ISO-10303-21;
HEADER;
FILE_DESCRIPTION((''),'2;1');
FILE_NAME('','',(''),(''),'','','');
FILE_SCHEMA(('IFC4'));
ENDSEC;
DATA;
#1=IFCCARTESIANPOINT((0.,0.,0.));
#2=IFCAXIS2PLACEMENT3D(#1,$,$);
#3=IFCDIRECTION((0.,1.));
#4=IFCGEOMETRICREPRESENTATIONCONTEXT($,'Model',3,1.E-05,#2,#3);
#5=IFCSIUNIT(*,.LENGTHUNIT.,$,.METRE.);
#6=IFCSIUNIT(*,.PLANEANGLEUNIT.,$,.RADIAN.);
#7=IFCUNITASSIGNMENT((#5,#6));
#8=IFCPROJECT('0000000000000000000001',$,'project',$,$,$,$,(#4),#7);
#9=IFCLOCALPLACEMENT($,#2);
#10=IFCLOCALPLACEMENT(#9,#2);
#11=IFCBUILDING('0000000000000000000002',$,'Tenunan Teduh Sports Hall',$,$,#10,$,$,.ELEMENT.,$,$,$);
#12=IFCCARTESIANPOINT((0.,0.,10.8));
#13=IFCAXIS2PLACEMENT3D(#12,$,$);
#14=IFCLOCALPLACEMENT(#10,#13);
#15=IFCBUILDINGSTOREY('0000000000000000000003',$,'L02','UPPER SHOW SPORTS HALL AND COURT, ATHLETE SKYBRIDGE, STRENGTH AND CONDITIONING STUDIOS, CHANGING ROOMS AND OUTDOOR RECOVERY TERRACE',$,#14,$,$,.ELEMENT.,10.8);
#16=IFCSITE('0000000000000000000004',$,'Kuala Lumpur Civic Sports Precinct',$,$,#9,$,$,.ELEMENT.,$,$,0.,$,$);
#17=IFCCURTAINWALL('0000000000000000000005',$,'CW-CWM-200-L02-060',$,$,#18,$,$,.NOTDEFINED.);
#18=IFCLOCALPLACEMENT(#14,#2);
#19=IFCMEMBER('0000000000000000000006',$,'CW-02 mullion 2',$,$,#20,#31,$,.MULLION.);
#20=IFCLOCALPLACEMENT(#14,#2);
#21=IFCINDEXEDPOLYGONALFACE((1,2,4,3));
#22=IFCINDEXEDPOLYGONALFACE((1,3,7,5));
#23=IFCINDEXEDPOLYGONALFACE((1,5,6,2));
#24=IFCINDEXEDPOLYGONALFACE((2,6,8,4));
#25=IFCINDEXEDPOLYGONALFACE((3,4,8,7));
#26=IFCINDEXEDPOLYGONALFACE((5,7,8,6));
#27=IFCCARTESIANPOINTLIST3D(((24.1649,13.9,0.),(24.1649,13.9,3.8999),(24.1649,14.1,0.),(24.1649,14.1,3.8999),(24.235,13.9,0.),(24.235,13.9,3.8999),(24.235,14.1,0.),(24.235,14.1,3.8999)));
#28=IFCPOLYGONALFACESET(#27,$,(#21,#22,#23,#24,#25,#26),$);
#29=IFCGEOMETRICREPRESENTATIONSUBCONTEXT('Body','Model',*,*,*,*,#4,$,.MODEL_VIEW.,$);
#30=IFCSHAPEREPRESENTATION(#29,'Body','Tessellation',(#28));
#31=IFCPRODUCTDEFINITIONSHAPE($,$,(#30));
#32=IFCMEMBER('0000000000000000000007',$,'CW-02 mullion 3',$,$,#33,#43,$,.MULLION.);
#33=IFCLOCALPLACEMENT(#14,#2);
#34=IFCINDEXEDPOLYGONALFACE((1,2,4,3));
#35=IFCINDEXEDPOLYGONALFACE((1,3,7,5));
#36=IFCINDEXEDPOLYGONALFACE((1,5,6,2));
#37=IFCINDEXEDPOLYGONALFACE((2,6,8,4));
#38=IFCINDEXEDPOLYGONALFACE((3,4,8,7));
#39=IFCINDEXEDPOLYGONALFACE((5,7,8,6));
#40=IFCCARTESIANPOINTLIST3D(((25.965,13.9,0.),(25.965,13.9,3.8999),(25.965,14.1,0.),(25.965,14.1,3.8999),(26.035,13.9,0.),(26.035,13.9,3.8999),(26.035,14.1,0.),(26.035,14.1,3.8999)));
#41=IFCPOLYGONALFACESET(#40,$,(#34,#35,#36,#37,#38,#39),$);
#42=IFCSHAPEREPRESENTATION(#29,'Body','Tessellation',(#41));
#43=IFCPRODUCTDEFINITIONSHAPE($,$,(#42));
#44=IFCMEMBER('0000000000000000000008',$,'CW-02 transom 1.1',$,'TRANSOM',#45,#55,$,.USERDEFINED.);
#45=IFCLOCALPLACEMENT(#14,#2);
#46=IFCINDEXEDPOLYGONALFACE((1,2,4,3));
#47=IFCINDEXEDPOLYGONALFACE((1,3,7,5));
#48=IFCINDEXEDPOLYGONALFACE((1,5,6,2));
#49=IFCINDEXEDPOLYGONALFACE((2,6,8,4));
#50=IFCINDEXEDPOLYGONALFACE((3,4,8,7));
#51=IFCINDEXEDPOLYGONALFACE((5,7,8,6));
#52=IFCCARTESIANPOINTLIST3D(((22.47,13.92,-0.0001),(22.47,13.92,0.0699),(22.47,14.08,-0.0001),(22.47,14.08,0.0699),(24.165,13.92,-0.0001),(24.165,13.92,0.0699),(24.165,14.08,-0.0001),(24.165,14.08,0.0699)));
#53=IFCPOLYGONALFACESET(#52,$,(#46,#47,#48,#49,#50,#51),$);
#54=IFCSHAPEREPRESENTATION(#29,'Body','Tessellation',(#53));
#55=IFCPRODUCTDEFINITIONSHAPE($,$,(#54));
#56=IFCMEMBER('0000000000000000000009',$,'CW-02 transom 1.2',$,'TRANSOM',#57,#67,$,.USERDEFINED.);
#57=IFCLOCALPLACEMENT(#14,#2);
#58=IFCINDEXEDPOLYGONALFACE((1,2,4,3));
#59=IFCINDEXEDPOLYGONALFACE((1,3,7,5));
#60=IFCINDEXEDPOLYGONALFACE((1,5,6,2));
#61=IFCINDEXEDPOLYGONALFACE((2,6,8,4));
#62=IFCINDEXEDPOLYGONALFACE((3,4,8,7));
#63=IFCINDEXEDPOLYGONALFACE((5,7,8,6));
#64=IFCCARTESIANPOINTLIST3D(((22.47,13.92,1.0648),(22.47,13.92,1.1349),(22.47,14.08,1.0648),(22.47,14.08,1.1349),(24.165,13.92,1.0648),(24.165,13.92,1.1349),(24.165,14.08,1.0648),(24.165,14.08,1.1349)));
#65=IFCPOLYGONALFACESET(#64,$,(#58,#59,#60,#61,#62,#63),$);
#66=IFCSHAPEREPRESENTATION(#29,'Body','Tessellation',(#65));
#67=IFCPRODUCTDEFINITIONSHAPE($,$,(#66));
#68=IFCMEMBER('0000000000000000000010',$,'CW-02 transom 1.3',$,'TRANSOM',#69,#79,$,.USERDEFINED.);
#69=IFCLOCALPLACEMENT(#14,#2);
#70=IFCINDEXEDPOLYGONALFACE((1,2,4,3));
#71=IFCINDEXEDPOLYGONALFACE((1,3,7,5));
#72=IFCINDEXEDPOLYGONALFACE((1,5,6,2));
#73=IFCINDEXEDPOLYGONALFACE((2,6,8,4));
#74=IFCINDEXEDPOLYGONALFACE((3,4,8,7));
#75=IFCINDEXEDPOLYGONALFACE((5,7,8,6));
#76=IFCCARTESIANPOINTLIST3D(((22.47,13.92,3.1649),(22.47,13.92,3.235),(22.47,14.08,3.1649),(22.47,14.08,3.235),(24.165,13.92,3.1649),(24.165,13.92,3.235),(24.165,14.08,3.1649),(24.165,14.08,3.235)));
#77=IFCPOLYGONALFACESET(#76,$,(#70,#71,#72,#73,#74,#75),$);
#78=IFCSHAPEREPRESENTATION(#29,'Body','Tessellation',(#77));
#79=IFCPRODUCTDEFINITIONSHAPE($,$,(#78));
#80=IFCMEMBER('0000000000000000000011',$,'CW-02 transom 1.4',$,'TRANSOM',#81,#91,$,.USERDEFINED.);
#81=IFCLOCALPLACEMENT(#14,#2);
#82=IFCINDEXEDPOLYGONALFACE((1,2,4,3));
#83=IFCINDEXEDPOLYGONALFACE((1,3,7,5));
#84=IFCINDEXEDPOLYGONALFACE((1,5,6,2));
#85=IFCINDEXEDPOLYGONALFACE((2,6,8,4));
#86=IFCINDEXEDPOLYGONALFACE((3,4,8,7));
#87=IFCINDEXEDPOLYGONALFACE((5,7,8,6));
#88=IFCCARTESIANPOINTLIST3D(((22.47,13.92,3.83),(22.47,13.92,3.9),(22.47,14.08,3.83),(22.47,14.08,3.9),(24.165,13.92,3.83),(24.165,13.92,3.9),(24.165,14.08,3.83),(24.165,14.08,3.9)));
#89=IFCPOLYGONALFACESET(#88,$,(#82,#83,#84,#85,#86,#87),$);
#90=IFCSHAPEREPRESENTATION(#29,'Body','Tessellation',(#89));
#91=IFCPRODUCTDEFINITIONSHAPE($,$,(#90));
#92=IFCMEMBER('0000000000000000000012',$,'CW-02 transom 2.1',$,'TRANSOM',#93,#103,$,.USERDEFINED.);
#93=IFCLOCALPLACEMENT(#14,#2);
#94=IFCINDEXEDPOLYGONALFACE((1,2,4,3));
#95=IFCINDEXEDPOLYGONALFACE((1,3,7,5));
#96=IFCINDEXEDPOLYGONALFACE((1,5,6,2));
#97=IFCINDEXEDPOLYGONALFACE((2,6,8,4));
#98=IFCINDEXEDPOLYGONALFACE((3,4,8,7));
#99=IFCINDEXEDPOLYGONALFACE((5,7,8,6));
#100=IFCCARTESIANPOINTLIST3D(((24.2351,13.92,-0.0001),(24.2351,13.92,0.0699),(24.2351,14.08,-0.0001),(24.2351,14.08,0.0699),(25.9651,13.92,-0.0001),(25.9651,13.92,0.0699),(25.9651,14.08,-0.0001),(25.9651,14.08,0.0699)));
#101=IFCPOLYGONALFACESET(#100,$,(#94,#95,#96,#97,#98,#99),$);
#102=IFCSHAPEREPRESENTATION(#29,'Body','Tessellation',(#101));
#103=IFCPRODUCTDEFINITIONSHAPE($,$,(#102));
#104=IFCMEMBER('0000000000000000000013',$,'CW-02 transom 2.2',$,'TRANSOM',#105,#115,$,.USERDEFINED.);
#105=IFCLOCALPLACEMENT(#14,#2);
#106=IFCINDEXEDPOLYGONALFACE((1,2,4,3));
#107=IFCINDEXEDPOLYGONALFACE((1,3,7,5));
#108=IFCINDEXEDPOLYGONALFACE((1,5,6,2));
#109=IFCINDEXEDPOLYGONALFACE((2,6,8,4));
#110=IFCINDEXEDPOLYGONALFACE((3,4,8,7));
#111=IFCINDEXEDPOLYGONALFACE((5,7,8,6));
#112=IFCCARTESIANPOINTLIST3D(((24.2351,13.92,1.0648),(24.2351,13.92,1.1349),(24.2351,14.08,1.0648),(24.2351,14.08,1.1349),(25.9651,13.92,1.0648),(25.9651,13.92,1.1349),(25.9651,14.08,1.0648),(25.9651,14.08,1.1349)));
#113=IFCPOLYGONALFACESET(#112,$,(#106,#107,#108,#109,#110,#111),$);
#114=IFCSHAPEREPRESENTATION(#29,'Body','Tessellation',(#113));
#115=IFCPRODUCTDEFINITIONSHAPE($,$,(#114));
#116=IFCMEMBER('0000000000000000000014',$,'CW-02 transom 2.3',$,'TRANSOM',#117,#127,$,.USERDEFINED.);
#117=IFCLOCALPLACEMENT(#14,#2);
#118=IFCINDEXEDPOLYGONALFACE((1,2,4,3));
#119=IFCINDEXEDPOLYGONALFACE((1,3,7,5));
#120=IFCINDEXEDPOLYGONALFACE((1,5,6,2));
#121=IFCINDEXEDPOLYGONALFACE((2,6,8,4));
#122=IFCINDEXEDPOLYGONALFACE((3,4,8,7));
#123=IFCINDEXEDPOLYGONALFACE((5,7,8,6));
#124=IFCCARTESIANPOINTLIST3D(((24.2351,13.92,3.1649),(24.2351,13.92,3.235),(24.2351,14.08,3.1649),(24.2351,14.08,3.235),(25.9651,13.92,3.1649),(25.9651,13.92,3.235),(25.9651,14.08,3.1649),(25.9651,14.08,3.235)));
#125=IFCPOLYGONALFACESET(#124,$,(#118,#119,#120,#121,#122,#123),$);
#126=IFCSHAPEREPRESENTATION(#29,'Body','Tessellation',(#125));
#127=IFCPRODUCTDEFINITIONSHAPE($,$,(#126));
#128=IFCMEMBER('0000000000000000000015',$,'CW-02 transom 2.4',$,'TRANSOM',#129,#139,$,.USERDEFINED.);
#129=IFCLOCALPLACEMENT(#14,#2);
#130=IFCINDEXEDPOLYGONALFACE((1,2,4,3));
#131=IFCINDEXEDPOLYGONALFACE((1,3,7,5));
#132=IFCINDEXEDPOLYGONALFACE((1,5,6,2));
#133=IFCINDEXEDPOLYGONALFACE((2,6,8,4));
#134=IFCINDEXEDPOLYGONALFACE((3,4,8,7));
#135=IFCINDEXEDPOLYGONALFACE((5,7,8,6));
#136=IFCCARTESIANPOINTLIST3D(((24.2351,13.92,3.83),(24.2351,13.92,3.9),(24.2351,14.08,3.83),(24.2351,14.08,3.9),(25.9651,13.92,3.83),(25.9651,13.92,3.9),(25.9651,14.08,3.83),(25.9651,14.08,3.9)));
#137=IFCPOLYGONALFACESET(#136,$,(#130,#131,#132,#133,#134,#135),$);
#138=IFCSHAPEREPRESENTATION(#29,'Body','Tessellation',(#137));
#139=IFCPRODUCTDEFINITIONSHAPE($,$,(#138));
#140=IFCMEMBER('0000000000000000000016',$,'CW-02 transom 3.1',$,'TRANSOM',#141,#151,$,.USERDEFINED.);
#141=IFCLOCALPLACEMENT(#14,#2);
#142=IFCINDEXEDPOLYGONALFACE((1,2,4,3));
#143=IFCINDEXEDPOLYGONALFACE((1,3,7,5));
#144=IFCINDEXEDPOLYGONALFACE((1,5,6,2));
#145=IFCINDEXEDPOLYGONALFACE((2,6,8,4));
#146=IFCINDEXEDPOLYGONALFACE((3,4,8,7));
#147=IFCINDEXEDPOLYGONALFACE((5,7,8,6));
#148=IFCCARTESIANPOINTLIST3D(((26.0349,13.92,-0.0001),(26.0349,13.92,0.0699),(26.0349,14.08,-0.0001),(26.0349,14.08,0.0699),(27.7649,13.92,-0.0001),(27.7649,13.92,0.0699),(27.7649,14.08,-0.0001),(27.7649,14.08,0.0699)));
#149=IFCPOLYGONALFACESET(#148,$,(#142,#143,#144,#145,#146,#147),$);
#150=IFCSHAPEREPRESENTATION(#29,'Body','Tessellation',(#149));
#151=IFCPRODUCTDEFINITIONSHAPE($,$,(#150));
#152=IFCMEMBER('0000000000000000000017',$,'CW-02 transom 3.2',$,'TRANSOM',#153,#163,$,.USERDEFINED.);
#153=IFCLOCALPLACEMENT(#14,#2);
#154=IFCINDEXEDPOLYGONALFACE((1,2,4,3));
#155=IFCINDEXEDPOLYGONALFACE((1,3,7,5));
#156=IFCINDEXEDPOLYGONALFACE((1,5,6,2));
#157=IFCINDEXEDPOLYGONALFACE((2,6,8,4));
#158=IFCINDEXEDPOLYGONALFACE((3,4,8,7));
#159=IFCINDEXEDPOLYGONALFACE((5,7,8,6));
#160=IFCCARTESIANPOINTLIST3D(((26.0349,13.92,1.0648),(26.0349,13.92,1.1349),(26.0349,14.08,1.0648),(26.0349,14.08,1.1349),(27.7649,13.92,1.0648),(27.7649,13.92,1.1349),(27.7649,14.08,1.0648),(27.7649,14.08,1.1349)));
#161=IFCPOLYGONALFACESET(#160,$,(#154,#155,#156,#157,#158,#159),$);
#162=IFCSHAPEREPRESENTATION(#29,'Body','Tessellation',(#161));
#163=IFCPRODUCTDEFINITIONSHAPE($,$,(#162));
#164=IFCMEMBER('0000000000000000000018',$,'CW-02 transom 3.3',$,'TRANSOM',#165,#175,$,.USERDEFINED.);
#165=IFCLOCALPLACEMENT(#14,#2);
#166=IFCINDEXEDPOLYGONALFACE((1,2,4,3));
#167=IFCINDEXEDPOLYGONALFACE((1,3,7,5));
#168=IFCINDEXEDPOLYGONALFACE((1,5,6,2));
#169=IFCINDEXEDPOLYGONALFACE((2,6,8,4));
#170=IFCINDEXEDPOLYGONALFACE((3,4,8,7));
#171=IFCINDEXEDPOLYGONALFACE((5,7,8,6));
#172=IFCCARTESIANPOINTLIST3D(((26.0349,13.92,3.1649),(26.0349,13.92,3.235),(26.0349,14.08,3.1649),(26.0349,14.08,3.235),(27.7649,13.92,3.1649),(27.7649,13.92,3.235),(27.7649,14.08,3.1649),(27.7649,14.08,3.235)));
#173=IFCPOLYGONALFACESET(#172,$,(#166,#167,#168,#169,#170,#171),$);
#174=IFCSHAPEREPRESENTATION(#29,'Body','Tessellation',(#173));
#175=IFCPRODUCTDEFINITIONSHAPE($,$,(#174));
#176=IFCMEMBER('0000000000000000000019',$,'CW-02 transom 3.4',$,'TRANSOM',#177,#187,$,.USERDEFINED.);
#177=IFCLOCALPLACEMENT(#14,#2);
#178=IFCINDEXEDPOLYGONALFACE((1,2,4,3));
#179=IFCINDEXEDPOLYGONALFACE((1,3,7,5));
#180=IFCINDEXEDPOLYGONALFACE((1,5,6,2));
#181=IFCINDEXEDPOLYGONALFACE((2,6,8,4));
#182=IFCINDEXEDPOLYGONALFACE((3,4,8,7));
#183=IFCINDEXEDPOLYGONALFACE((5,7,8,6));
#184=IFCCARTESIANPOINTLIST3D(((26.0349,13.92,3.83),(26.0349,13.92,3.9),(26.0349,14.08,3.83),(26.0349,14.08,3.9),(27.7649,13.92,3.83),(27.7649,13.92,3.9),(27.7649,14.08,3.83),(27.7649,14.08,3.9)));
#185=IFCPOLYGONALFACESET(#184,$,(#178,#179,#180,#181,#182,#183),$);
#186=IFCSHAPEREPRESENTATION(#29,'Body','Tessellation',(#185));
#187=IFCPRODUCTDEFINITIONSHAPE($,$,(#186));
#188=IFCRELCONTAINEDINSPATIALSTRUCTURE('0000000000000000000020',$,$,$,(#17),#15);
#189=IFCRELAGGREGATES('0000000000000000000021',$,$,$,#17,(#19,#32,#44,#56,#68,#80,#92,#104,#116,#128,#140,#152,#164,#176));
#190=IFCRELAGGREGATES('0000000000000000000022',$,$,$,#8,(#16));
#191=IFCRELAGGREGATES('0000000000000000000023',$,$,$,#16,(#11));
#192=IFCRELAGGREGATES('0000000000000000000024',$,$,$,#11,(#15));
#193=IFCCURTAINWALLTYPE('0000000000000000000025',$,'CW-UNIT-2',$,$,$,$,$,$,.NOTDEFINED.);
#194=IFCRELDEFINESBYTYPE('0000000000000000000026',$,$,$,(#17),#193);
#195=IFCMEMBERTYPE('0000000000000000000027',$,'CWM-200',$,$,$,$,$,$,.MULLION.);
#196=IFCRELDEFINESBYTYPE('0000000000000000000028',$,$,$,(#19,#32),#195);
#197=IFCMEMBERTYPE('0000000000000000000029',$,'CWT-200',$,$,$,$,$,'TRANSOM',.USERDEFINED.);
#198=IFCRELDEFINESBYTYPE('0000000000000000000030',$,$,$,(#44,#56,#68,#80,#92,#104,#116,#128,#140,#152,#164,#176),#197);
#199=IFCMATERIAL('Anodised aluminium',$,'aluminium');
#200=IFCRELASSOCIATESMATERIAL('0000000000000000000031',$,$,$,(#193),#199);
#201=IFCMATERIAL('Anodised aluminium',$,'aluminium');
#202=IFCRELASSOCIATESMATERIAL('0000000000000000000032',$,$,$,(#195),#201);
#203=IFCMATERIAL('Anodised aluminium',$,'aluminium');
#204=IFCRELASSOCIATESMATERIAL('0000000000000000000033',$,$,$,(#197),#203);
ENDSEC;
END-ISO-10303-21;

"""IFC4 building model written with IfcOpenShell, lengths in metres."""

from ifc_helpers import new_model, si_unit, direction, frame, origin, origin_2d, place, context, subcontext, project, spatial, rectangle, extrude, material, material_profile, profile_set, type_object, element, aggregate, save


model = new_model("IFC4")

# Units and contexts
model_context = context("Model", 3, precision=1e-05, world=origin(), true_north=direction((0.0, 1.0)))
body_context = subcontext(model_context, "Body", "Model", "MODEL_VIEW")
ifc_project = project(units=[si_unit("LENGTHUNIT", "METRE"), si_unit("PLANEANGLEUNIT", "RADIAN")], contexts=[model_context])

# Site, building, storey
site_placement = place(None, origin())
site = spatial("IfcSite", under=ifc_project, at=site_placement, Name="Kuala Lumpur Civic Sports Precinct", CompositionType="ELEMENT", RefElevation=0.0)
building_placement = place(site_placement, origin())
building = spatial("IfcBuilding", under=site, at=building_placement, Name="Tenunan Teduh Sports Hall", CompositionType="ELEMENT")
storey_placement = place(building_placement, frame((0.0, 0.0, 10.8)))
storey = spatial("IfcBuildingStorey", under=building, at=storey_placement, Name="L02", Description="UPPER SHOW SPORTS HALL AND COURT, ATHLETE SKYBRIDGE, STRENGTH AND CONDITIONING STUDIOS, CHANGING ROOMS AND OUTDOOR RECOVERY TERRACE", CompositionType="ELEMENT", Elevation=10.8)

# Curtain wall, members
ifc_material_1 = material(Name="Anodised aluminium", Category="aluminium")
curtain_wall_type = type_object("IfcCurtainWallType", Name="CW-UNIT-2", PredefinedType="NOTDEFINED", material=ifc_material_1)
curtain_wall_placement = place(storey_placement, origin())
curtain_wall = element("IfcCurtainWall", 1, at=curtain_wall_placement, inside=storey, type_object=curtain_wall_type, Name="CW-CWM-200-L02-060", PredefinedType="NOTDEFINED")
ifc_material_2 = material(Name="Anodised aluminium", Category="aluminium")
ifc_material_profile_1 = material_profile(ifc_material_2, rectangle(XDim=0.0701, YDim=0.2, at=origin_2d()), Name="CWM 70x200")
ifc_profile_set_1 = profile_set([ifc_material_profile_1], Name="Anodised aluminium")
member_type_1 = type_object("IfcMemberType", Name="CWM-200", PredefinedType="MULLION", material=ifc_profile_set_1)
member_1_placement = place(storey_placement, frame((24.2, 14.0, 0.0), z_axis=(0.0, 0.0, 1.0), x_axis=(1.0, 0.0, 0.0)))
member_1 = element("IfcMember", 2, at=member_1_placement, type_object=member_type_1, Name="CW-02 mullion 2", PredefinedType="MULLION", context=body_context, shape_type="SweptSolid", body=[
    extrude(rectangle(XDim=0.0701, YDim=0.2, at=origin_2d()), origin(), (0.0, 0.0, 1.0), 3.8999),
])
member_2_placement = place(storey_placement, frame((26.0, 14.0, 0.0), z_axis=(0.0, 0.0, 1.0), x_axis=(1.0, 0.0, 0.0)))
member_2 = element("IfcMember", 3, at=member_2_placement, type_object=member_type_1, Name="CW-02 mullion 3", PredefinedType="MULLION", context=body_context, shape_type="SweptSolid", body=[
    extrude(rectangle(XDim=0.0701, YDim=0.2, at=origin_2d()), origin(), (0.0, 0.0, 1.0), 3.8999),
])
ifc_material_3 = material(Name="Anodised aluminium", Category="aluminium")
ifc_material_profile_2 = material_profile(ifc_material_3, rectangle(XDim=0.0701, YDim=0.1599, at=origin_2d()), Name="CWT 70x160")
ifc_profile_set_2 = profile_set([ifc_material_profile_2], Name="Anodised aluminium")
member_type_2 = type_object("IfcMemberType", Name="CWT-200", ElementType="TRANSOM", PredefinedType="USERDEFINED", material=ifc_profile_set_2)
member_3_placement = place(storey_placement, frame((22.47, 14.0, 0.0349), z_axis=(1.0, 0.0, 0.0), x_axis=(0.0, 0.0, 1.0)))
member_3 = element("IfcMember", 4, at=member_3_placement, type_object=member_type_2, Name="CW-02 transom 1.1", ObjectType="TRANSOM", PredefinedType="USERDEFINED", context=body_context, shape_type="SweptSolid", body=[
    extrude(rectangle(XDim=0.0701, YDim=0.1599, at=origin_2d()), origin(), (0.0, 0.0, 1.0), 1.6951),
])
member_4_placement = place(storey_placement, frame((22.47, 14.0, 1.0999), z_axis=(1.0, 0.0, 0.0), x_axis=(0.0, 0.0, 1.0)))
member_4 = element("IfcMember", 5, at=member_4_placement, type_object=member_type_2, Name="CW-02 transom 1.2", ObjectType="TRANSOM", PredefinedType="USERDEFINED", context=body_context, shape_type="SweptSolid", body=[
    extrude(rectangle(XDim=0.0701, YDim=0.1599, at=origin_2d()), origin(), (0.0, 0.0, 1.0), 1.6951),
])
member_5_placement = place(storey_placement, frame((22.47, 14.0, 3.2), z_axis=(1.0, 0.0, 0.0), x_axis=(0.0, 0.0, 1.0)))
member_5 = element("IfcMember", 6, at=member_5_placement, type_object=member_type_2, Name="CW-02 transom 1.3", ObjectType="TRANSOM", PredefinedType="USERDEFINED", context=body_context, shape_type="SweptSolid", body=[
    extrude(rectangle(XDim=0.0701, YDim=0.1599, at=origin_2d()), origin(), (0.0, 0.0, 1.0), 1.6951),
])
member_6_placement = place(storey_placement, frame((22.47, 14.0, 3.865), z_axis=(1.0, 0.0, 0.0), x_axis=(0.0, 0.0, 1.0)))
member_6 = element("IfcMember", 7, at=member_6_placement, type_object=member_type_2, Name="CW-02 transom 1.4", ObjectType="TRANSOM", PredefinedType="USERDEFINED", context=body_context, shape_type="SweptSolid", body=[
    extrude(rectangle(XDim=0.0701, YDim=0.1599, at=origin_2d()), origin(), (0.0, 0.0, 1.0), 1.6951),
])
member_7_placement = place(storey_placement, frame((24.2351, 14.0, 0.0349), z_axis=(1.0, 0.0, 0.0), x_axis=(0.0, 0.0, 1.0)))
member_7 = element("IfcMember", 8, at=member_7_placement, type_object=member_type_2, Name="CW-02 transom 2.1", ObjectType="TRANSOM", PredefinedType="USERDEFINED", context=body_context, shape_type="SweptSolid", body=[
    extrude(rectangle(XDim=0.0701, YDim=0.1599, at=origin_2d()), origin(), (0.0, 0.0, 1.0), 1.73),
])
member_8_placement = place(storey_placement, frame((24.2351, 14.0, 1.0999), z_axis=(1.0, 0.0, 0.0), x_axis=(0.0, 0.0, 1.0)))
member_8 = element("IfcMember", 9, at=member_8_placement, type_object=member_type_2, Name="CW-02 transom 2.2", ObjectType="TRANSOM", PredefinedType="USERDEFINED", context=body_context, shape_type="SweptSolid", body=[
    extrude(rectangle(XDim=0.0701, YDim=0.1599, at=origin_2d()), origin(), (0.0, 0.0, 1.0), 1.73),
])
member_9_placement = place(storey_placement, frame((24.2351, 14.0, 3.2), z_axis=(1.0, 0.0, 0.0), x_axis=(0.0, 0.0, 1.0)))
member_9 = element("IfcMember", 10, at=member_9_placement, type_object=member_type_2, Name="CW-02 transom 2.3", ObjectType="TRANSOM", PredefinedType="USERDEFINED", context=body_context, shape_type="SweptSolid", body=[
    extrude(rectangle(XDim=0.0701, YDim=0.1599, at=origin_2d()), origin(), (0.0, 0.0, 1.0), 1.73),
])
member_10_placement = place(storey_placement, frame((24.2351, 14.0, 3.865), z_axis=(1.0, 0.0, 0.0), x_axis=(0.0, 0.0, 1.0)))
member_10 = element("IfcMember", 11, at=member_10_placement, type_object=member_type_2, Name="CW-02 transom 2.4", ObjectType="TRANSOM", PredefinedType="USERDEFINED", context=body_context, shape_type="SweptSolid", body=[
    extrude(rectangle(XDim=0.0701, YDim=0.1599, at=origin_2d()), origin(), (0.0, 0.0, 1.0), 1.73),
])
member_11_placement = place(storey_placement, frame((26.0349, 14.0, 0.0349), z_axis=(1.0, 0.0, 0.0), x_axis=(0.0, 0.0, 1.0)))
member_11 = element("IfcMember", 12, at=member_11_placement, type_object=member_type_2, Name="CW-02 transom 3.1", ObjectType="TRANSOM", PredefinedType="USERDEFINED", context=body_context, shape_type="SweptSolid", body=[
    extrude(rectangle(XDim=0.0701, YDim=0.1599, at=origin_2d()), origin(), (0.0, 0.0, 1.0), 1.73),
])
member_12_placement = place(storey_placement, frame((26.0349, 14.0, 1.0999), z_axis=(1.0, 0.0, 0.0), x_axis=(0.0, 0.0, 1.0)))
member_12 = element("IfcMember", 13, at=member_12_placement, type_object=member_type_2, Name="CW-02 transom 3.2", ObjectType="TRANSOM", PredefinedType="USERDEFINED", context=body_context, shape_type="SweptSolid", body=[
    extrude(rectangle(XDim=0.0701, YDim=0.1599, at=origin_2d()), origin(), (0.0, 0.0, 1.0), 1.73),
])
member_13_placement = place(storey_placement, frame((26.0349, 14.0, 3.2), z_axis=(1.0, 0.0, 0.0), x_axis=(0.0, 0.0, 1.0)))
member_13 = element("IfcMember", 14, at=member_13_placement, type_object=member_type_2, Name="CW-02 transom 3.3", ObjectType="TRANSOM", PredefinedType="USERDEFINED", context=body_context, shape_type="SweptSolid", body=[
    extrude(rectangle(XDim=0.0701, YDim=0.1599, at=origin_2d()), origin(), (0.0, 0.0, 1.0), 1.73),
])
member_14_placement = place(storey_placement, frame((26.0349, 14.0, 3.865), z_axis=(1.0, 0.0, 0.0), x_axis=(0.0, 0.0, 1.0)))
member_14 = element("IfcMember", 15, at=member_14_placement, type_object=member_type_2, Name="CW-02 transom 3.4", ObjectType="TRANSOM", PredefinedType="USERDEFINED", context=body_context, shape_type="SweptSolid", body=[
    extrude(rectangle(XDim=0.0701, YDim=0.1599, at=origin_2d()), origin(), (0.0, 0.0, 1.0), 1.73),
])

aggregate(curtain_wall, [member_1, member_2, member_3, member_4, member_5, member_6, member_7, member_8, member_9, member_10, member_11, member_12, member_13, member_14])

save(model, "model.ifc")
